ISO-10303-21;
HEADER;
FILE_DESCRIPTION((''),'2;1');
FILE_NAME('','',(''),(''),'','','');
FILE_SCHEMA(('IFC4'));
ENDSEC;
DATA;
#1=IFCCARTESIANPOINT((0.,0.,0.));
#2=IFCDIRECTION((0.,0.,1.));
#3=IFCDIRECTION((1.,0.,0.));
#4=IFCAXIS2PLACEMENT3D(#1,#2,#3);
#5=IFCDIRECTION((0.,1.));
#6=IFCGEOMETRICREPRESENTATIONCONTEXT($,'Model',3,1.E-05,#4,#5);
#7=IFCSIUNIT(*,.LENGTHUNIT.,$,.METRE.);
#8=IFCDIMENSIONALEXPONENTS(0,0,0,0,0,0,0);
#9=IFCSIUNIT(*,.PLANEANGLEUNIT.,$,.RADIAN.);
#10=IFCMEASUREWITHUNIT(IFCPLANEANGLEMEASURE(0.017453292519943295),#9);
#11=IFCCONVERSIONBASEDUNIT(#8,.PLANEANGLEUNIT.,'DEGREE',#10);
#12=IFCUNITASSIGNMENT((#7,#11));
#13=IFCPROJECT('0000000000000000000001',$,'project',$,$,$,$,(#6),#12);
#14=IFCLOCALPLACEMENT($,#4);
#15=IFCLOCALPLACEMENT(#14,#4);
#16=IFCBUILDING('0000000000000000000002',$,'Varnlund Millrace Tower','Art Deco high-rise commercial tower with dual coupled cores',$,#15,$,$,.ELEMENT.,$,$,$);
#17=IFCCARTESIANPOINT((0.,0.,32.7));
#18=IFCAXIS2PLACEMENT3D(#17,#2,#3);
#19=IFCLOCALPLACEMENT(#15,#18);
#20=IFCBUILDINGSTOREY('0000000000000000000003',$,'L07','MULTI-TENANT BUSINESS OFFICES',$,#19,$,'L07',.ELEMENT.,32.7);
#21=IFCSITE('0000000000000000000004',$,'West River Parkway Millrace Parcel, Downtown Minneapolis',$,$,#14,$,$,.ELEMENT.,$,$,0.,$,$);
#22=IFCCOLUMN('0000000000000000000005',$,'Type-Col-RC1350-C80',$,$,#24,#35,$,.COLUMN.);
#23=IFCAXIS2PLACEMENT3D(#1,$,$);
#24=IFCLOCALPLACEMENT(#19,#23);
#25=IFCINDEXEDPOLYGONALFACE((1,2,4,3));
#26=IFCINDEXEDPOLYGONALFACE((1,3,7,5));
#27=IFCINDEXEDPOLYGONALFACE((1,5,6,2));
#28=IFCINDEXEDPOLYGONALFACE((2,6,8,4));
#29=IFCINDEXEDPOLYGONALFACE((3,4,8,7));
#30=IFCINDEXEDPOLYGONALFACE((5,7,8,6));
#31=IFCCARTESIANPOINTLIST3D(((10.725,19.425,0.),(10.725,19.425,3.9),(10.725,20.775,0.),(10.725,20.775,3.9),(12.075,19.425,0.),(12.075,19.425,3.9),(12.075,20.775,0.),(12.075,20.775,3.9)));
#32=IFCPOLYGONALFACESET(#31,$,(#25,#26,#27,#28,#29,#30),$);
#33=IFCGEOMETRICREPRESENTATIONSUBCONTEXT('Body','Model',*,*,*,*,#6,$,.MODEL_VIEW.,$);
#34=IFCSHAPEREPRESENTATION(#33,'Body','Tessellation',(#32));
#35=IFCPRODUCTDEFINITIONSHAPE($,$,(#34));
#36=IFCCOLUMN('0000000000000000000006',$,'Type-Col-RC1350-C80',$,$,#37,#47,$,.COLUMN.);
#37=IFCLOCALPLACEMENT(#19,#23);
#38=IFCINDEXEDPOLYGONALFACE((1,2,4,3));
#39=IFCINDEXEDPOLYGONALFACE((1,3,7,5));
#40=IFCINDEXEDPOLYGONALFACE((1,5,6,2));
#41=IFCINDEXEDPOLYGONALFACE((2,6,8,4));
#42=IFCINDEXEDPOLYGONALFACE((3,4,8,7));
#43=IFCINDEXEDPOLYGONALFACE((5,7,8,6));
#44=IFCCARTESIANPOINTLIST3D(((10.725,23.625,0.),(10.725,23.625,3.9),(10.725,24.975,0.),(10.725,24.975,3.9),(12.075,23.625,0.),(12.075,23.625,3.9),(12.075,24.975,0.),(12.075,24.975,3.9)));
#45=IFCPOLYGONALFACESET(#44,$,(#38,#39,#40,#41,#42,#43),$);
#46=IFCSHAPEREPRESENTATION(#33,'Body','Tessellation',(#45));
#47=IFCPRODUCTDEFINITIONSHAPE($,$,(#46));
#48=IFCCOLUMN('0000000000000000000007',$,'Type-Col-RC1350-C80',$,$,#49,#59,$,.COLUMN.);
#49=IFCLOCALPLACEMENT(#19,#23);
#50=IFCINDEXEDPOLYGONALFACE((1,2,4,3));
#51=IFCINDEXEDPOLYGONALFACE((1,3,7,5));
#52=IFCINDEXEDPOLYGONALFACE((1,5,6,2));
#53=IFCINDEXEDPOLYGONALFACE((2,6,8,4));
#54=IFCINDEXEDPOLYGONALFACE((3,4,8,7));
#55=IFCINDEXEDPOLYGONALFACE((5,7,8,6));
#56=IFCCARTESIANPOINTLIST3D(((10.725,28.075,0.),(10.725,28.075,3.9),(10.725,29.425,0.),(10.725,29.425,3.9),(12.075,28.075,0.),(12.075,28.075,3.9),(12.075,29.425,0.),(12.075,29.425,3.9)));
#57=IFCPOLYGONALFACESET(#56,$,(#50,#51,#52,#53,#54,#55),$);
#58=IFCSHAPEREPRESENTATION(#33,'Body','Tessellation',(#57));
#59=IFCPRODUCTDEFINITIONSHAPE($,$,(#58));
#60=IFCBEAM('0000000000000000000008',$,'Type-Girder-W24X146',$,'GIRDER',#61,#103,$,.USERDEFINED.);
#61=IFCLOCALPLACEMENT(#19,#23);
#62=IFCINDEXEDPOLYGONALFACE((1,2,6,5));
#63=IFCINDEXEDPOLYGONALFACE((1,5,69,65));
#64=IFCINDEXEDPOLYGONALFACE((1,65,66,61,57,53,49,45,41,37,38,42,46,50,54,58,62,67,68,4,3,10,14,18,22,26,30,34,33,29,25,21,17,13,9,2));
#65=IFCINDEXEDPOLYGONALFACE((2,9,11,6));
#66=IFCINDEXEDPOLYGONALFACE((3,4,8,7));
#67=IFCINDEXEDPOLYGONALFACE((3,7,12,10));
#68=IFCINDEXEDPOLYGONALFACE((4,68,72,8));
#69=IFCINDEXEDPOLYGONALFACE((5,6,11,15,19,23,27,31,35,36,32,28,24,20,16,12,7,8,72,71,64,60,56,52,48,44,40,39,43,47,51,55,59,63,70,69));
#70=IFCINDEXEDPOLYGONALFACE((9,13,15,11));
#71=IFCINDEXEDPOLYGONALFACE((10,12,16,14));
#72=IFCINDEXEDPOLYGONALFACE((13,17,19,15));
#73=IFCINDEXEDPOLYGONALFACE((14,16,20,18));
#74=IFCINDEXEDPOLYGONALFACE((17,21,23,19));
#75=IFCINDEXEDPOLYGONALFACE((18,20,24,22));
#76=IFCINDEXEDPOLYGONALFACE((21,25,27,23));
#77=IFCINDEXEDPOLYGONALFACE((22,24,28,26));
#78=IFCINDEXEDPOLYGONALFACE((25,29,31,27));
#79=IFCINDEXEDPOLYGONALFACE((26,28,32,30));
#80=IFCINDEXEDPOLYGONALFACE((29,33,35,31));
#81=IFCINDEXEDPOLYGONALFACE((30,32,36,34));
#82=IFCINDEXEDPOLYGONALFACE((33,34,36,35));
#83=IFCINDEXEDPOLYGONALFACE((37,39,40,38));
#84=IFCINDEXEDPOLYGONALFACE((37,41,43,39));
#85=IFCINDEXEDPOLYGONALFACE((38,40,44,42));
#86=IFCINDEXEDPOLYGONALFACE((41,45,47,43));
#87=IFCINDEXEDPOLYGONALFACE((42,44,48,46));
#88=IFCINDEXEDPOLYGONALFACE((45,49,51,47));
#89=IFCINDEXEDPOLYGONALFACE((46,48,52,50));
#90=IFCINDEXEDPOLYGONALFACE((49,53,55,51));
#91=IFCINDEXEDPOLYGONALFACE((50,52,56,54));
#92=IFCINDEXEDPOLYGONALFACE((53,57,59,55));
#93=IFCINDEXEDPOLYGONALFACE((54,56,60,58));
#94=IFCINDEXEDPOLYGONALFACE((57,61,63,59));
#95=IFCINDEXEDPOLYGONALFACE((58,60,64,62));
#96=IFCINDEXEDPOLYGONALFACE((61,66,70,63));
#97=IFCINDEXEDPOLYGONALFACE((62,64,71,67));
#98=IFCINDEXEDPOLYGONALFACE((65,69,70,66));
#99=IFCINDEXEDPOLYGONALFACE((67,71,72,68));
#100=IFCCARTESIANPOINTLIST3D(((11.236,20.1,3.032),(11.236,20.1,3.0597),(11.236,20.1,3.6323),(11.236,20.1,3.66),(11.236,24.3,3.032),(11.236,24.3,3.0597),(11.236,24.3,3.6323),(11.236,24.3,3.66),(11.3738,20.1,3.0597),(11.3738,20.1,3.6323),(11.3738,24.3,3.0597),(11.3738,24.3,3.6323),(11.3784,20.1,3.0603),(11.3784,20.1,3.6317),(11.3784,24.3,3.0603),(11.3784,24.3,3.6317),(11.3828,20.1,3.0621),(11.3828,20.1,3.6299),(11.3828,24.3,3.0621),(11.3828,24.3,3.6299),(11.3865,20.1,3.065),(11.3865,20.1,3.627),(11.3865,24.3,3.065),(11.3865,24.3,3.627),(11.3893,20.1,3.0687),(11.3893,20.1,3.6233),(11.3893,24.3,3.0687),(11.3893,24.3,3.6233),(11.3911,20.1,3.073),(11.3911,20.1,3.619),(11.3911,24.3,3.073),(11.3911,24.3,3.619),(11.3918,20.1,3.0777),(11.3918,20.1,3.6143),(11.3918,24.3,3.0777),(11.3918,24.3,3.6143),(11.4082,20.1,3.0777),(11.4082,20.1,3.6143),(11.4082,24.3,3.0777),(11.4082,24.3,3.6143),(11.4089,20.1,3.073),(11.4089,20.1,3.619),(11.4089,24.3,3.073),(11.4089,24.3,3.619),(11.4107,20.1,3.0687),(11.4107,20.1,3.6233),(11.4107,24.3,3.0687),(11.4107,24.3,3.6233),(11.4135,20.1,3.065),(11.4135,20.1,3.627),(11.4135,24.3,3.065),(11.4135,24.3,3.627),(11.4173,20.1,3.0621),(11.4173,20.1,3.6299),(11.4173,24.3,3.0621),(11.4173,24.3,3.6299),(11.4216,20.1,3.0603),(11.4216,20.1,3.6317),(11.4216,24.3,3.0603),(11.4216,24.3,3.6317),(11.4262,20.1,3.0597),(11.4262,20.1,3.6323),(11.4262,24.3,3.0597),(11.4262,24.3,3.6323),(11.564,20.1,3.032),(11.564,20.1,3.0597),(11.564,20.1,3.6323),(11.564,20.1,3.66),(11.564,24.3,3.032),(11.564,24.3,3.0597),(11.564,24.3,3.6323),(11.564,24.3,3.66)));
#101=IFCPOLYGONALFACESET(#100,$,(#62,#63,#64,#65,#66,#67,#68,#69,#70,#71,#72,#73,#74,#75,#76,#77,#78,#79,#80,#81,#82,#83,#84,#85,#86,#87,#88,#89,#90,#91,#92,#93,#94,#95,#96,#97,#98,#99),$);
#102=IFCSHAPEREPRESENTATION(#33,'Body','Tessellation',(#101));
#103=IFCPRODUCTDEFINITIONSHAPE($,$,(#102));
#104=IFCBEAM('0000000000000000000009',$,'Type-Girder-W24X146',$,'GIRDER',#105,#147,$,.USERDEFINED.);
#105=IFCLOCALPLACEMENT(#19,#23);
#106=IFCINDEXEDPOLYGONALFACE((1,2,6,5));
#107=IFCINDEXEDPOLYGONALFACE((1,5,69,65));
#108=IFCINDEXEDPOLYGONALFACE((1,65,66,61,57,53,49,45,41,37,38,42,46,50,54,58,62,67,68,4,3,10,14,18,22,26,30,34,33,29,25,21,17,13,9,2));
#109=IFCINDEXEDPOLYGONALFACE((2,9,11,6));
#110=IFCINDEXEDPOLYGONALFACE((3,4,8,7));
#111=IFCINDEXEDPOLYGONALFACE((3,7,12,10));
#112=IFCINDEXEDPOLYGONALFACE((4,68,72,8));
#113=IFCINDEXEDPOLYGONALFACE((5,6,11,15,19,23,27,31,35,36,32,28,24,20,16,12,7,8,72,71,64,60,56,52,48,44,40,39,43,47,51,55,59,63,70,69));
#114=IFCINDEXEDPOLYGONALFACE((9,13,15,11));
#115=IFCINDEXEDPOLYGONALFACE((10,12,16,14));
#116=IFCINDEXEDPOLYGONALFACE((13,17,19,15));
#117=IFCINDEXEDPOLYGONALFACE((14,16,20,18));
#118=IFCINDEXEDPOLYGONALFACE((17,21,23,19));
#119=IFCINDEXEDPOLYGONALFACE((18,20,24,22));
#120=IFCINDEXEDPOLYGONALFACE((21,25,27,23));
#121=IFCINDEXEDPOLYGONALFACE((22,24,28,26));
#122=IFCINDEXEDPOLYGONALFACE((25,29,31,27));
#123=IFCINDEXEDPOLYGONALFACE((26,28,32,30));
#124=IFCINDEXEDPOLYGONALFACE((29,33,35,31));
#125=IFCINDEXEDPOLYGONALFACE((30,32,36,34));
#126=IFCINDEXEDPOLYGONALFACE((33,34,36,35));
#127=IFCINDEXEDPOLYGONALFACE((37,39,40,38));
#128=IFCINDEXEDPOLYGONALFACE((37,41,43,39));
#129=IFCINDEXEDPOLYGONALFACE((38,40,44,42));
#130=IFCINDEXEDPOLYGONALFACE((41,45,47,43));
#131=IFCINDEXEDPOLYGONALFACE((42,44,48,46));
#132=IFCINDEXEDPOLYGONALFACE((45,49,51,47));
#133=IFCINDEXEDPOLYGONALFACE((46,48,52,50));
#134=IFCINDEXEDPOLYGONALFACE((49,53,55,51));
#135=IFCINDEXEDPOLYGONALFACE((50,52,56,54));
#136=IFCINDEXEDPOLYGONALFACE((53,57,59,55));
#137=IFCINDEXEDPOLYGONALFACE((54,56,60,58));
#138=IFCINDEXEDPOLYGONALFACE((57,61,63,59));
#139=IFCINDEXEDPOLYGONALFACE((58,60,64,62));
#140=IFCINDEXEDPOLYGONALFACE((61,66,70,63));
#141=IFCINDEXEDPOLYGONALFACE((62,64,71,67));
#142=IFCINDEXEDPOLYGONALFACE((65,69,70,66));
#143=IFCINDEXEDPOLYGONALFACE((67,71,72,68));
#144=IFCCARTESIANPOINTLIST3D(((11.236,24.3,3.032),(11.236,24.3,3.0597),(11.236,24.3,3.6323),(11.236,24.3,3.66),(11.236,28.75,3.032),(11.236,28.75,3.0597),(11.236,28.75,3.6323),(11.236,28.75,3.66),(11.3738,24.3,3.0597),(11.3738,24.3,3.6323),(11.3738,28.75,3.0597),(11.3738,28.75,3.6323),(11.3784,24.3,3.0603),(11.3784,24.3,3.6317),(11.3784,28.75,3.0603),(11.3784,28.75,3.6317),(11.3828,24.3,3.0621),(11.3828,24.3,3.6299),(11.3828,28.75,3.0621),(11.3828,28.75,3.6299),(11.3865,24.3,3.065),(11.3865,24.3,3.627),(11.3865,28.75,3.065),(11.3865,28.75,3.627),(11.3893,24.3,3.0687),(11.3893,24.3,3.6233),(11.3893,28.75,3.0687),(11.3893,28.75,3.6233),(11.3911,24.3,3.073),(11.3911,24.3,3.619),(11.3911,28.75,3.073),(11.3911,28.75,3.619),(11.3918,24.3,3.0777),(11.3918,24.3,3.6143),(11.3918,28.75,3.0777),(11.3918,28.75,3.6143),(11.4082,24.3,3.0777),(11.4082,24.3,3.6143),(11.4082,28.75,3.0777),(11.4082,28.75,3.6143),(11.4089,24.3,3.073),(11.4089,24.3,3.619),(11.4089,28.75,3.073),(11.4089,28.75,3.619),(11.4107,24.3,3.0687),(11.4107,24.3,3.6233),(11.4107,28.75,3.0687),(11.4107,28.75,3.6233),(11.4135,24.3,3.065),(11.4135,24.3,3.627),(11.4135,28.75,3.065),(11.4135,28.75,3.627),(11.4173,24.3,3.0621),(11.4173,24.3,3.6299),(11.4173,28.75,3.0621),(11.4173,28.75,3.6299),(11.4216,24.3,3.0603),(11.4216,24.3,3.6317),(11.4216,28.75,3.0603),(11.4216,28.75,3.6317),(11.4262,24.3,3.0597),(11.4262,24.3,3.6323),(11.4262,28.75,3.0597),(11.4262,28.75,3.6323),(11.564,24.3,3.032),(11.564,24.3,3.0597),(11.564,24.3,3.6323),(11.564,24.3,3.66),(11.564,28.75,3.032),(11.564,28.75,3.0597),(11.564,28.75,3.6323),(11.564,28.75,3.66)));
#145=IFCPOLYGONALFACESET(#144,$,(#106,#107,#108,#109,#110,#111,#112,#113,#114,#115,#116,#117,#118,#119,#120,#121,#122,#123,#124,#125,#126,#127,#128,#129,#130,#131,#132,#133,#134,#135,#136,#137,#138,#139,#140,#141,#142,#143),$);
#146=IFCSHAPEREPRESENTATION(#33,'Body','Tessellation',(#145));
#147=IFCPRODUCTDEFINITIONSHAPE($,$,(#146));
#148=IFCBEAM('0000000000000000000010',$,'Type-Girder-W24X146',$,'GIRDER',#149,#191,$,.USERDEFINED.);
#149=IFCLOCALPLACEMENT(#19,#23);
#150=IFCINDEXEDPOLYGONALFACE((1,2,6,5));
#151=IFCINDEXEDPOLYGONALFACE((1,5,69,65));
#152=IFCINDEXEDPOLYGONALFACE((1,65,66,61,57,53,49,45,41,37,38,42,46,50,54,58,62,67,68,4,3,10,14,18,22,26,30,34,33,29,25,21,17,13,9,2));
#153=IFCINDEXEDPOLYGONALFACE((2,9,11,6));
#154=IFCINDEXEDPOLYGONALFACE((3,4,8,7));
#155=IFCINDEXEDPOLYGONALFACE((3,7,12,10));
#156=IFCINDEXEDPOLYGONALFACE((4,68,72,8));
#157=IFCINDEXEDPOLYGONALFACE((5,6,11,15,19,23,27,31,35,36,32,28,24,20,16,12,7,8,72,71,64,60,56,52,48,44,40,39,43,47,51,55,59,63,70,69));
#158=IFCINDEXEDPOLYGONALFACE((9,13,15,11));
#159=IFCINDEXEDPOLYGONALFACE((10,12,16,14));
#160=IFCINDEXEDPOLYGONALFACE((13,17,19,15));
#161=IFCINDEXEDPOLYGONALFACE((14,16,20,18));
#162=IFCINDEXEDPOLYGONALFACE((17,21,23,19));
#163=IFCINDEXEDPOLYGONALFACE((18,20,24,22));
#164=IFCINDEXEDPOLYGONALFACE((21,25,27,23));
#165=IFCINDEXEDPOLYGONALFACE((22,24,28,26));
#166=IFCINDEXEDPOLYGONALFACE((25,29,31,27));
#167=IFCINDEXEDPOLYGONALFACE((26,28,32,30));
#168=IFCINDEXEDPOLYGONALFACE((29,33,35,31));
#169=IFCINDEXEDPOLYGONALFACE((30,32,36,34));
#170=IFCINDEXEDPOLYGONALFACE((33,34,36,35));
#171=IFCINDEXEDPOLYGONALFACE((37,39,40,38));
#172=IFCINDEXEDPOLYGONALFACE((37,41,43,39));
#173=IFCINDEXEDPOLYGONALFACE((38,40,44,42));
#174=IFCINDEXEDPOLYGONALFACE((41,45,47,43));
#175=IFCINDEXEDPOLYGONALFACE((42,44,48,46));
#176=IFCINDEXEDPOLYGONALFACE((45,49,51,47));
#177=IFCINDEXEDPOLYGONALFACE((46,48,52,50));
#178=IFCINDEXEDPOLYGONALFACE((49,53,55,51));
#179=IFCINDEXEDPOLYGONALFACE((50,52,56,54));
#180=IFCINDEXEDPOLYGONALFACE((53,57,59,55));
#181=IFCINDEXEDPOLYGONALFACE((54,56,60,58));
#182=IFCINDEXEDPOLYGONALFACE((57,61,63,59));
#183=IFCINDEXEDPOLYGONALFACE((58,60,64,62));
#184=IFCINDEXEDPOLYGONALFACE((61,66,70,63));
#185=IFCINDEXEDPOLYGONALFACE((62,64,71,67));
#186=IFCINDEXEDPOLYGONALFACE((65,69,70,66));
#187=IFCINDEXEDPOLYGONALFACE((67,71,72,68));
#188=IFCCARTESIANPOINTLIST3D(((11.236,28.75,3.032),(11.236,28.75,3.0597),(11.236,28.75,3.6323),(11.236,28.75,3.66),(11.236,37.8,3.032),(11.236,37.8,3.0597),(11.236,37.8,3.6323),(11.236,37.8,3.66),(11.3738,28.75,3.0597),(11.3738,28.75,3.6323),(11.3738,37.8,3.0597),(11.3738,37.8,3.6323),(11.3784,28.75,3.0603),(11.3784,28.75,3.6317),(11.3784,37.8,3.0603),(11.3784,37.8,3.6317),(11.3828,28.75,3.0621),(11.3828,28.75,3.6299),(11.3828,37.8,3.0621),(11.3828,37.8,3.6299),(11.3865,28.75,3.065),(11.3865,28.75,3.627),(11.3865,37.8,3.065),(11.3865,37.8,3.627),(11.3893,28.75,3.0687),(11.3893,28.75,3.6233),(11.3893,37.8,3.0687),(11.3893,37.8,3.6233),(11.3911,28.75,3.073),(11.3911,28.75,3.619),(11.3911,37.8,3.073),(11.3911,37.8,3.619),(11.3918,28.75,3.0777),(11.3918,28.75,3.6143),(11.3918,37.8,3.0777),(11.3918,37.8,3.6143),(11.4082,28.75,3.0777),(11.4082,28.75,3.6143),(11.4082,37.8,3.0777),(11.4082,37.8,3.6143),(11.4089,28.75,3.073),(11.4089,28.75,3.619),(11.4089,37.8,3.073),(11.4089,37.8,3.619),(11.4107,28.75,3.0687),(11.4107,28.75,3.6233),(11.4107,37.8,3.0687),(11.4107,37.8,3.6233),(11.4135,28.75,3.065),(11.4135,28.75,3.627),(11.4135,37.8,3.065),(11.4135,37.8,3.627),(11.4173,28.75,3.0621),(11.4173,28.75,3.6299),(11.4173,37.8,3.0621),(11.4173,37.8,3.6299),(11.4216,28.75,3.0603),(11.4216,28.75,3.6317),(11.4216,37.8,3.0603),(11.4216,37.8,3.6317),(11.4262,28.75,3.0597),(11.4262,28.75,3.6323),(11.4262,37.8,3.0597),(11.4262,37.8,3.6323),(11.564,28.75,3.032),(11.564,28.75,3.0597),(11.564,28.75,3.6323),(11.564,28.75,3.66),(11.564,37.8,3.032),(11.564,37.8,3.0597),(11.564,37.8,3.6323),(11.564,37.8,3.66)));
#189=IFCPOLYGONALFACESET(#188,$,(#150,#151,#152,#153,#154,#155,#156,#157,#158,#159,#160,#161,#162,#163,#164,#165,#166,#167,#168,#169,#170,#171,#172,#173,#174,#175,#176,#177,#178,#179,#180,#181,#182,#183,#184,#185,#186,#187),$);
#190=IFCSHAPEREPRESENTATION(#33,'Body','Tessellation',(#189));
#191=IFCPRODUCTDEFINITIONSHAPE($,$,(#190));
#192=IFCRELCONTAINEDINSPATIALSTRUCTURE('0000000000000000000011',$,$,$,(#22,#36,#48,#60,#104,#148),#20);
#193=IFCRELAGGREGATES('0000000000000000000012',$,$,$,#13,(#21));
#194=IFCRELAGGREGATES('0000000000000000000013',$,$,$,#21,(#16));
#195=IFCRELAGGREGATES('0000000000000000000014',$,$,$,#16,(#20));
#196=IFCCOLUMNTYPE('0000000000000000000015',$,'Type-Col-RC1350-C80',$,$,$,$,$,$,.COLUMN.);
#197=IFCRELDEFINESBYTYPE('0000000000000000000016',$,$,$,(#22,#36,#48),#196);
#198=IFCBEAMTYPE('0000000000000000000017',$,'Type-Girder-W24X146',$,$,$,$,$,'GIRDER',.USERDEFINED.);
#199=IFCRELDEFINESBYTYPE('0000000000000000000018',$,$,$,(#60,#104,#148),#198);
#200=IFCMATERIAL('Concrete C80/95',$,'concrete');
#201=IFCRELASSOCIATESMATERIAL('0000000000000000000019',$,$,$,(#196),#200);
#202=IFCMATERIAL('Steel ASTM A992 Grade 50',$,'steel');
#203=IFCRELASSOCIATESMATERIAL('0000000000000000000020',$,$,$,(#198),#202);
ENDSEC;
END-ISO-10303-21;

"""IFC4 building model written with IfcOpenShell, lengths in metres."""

from ifc_helpers import new_model, entity, si_unit, converted_unit, direction, frame, origin_with_axes, origin_2d_with_axis, place, context, subcontext, project, spatial, rectangle, i_section, extrude, material, material_profile, profile_set, type_object, element, save


model = new_model("IFC4")

# Units and contexts
model_context = context("Model", 3, precision=1e-05, world=origin_with_axes(), true_north=direction((0.0, 1.0)))
body_context = subcontext(model_context, "Body", "Model", "MODEL_VIEW")
ifc_project = project(units=[si_unit("LENGTHUNIT", "METRE"), converted_unit("PLANEANGLEUNIT", "DEGREE", entity("IfcPlaneAngleMeasure", 0.017453292519943295), si_unit("PLANEANGLEUNIT", "RADIAN"), dimensions=[0, 0, 0, 0, 0, 0, 0])], contexts=[model_context])

# Site, building, storey
site_placement = place(None, origin_with_axes())
site = spatial("IfcSite", under=ifc_project, at=site_placement, Name="West River Parkway Millrace Parcel, Downtown Minneapolis", CompositionType="ELEMENT", RefElevation=0.0)
building_placement = place(site_placement, origin_with_axes())
building = spatial("IfcBuilding", under=site, at=building_placement, Name="Varnlund Millrace Tower", Description="Art Deco high-rise commercial tower with dual coupled cores", CompositionType="ELEMENT")
storey_placement = place(building_placement, frame((0.0, 0.0, 32.7), z_axis=(0.0, 0.0, 1.0), x_axis=(1.0, 0.0, 0.0)))
storey = spatial("IfcBuildingStorey", under=building, at=storey_placement, Name="L07", Description="MULTI-TENANT BUSINESS OFFICES", LongName="L07", CompositionType="ELEMENT", Elevation=32.7)

# Columns
ifc_material_1 = material(Name="Concrete C80/95", Category="concrete")
ifc_material_profile_1 = material_profile(ifc_material_1, rectangle(XDim=1.35, YDim=1.35, at=origin_2d_with_axis()), Name="Concrete C80/95")
ifc_profile_set_1 = profile_set([ifc_material_profile_1], Name="Concrete C80/95")
column_type = type_object("IfcColumnType", Name="Type-Col-RC1350-C80", PredefinedType="COLUMN", material=ifc_profile_set_1)
for number, where, z_axis, x_axis, name in (
    (1, (11.4, 20.1, 0.0), (0.0, 0.0, 1.0), (1.0, 0.0, 0.0), "Type-Col-RC1350-C80"),
    (2, (11.4, 24.3, 0.0), (0.0, 0.0, 1.0), (1.0, 0.0, 0.0), "Type-Col-RC1350-C80"),
    (3, (11.4, 28.75, 0.0), (0.0, 0.0, 1.0), (1.0, 0.0, 0.0), "Type-Col-RC1350-C80"),
):
    element("IfcColumn", number, at=place(storey_placement, frame(where, z_axis=z_axis, x_axis=x_axis)), inside=storey, type_object=column_type, Name=name, PredefinedType="COLUMN", context=body_context, shape_type="SweptSolid", body=[
        extrude(rectangle(XDim=1.35, YDim=1.35, at=origin_2d_with_axis()), origin_with_axes(), (0.0, 0.0, 1.0), 3.9),
    ])

# Beams
ifc_material_2 = material(Name="Steel ASTM A992 Grade 50", Category="steel")
ifc_material_profile_2 = material_profile(ifc_material_2, i_section(OverallWidth=0.328, OverallDepth=0.628, WebThickness=0.0165, FlangeThickness=0.0277, FilletRadius=0.018, at=origin_2d_with_axis()), Name="Steel ASTM A992 Grade 50")
ifc_profile_set_2 = profile_set([ifc_material_profile_2], Name="Steel ASTM A992 Grade 50")
beam_type_1 = type_object("IfcBeamType", Name="Type-Girder-W24X146", ElementType="GIRDER", PredefinedType="USERDEFINED", material=ifc_profile_set_2)
beam_1_placement = place(storey_placement, frame((11.4, 20.1, 3.346), z_axis=(0.0, 1.0, 0.0), x_axis=(-1.0, 0.0, 0.0)))
element("IfcBeam", 4, at=beam_1_placement, inside=storey, type_object=beam_type_1, Name="Type-Girder-W24X146", ObjectType="GIRDER", PredefinedType="USERDEFINED", context=body_context, shape_type="SweptSolid", body=[
    extrude(i_section(OverallWidth=0.328, OverallDepth=0.628, WebThickness=0.0165, FlangeThickness=0.0277, FilletRadius=0.018, at=origin_2d_with_axis()), origin_with_axes(), (0.0, 0.0, 1.0), 4.2),
])
beam_2_placement = place(storey_placement, frame((11.4, 24.3, 3.346), z_axis=(0.0, 1.0, 0.0), x_axis=(-1.0, 0.0, 0.0)))
element("IfcBeam", 5, at=beam_2_placement, inside=storey, type_object=beam_type_1, Name="Type-Girder-W24X146", ObjectType="GIRDER", PredefinedType="USERDEFINED", context=body_context, shape_type="SweptSolid", body=[
    extrude(i_section(OverallWidth=0.328, OverallDepth=0.628, WebThickness=0.0165, FlangeThickness=0.0277, FilletRadius=0.018, at=origin_2d_with_axis()), origin_with_axes(), (0.0, 0.0, 1.0), 4.45),
])
beam_3_placement = place(storey_placement, frame((11.4, 28.75, 3.346), z_axis=(0.0, 1.0, 0.0), x_axis=(-1.0, 0.0, 0.0)))
element("IfcBeam", 6, at=beam_3_placement, inside=storey, type_object=beam_type_1, Name="Type-Girder-W24X146", ObjectType="GIRDER", PredefinedType="USERDEFINED", context=body_context, shape_type="SweptSolid", body=[
    extrude(i_section(OverallWidth=0.328, OverallDepth=0.628, WebThickness=0.0165, FlangeThickness=0.0277, FilletRadius=0.018, at=origin_2d_with_axis()), origin_with_axes(), (0.0, 0.0, 1.0), 9.05),
])

save(model, "model.ifc")
